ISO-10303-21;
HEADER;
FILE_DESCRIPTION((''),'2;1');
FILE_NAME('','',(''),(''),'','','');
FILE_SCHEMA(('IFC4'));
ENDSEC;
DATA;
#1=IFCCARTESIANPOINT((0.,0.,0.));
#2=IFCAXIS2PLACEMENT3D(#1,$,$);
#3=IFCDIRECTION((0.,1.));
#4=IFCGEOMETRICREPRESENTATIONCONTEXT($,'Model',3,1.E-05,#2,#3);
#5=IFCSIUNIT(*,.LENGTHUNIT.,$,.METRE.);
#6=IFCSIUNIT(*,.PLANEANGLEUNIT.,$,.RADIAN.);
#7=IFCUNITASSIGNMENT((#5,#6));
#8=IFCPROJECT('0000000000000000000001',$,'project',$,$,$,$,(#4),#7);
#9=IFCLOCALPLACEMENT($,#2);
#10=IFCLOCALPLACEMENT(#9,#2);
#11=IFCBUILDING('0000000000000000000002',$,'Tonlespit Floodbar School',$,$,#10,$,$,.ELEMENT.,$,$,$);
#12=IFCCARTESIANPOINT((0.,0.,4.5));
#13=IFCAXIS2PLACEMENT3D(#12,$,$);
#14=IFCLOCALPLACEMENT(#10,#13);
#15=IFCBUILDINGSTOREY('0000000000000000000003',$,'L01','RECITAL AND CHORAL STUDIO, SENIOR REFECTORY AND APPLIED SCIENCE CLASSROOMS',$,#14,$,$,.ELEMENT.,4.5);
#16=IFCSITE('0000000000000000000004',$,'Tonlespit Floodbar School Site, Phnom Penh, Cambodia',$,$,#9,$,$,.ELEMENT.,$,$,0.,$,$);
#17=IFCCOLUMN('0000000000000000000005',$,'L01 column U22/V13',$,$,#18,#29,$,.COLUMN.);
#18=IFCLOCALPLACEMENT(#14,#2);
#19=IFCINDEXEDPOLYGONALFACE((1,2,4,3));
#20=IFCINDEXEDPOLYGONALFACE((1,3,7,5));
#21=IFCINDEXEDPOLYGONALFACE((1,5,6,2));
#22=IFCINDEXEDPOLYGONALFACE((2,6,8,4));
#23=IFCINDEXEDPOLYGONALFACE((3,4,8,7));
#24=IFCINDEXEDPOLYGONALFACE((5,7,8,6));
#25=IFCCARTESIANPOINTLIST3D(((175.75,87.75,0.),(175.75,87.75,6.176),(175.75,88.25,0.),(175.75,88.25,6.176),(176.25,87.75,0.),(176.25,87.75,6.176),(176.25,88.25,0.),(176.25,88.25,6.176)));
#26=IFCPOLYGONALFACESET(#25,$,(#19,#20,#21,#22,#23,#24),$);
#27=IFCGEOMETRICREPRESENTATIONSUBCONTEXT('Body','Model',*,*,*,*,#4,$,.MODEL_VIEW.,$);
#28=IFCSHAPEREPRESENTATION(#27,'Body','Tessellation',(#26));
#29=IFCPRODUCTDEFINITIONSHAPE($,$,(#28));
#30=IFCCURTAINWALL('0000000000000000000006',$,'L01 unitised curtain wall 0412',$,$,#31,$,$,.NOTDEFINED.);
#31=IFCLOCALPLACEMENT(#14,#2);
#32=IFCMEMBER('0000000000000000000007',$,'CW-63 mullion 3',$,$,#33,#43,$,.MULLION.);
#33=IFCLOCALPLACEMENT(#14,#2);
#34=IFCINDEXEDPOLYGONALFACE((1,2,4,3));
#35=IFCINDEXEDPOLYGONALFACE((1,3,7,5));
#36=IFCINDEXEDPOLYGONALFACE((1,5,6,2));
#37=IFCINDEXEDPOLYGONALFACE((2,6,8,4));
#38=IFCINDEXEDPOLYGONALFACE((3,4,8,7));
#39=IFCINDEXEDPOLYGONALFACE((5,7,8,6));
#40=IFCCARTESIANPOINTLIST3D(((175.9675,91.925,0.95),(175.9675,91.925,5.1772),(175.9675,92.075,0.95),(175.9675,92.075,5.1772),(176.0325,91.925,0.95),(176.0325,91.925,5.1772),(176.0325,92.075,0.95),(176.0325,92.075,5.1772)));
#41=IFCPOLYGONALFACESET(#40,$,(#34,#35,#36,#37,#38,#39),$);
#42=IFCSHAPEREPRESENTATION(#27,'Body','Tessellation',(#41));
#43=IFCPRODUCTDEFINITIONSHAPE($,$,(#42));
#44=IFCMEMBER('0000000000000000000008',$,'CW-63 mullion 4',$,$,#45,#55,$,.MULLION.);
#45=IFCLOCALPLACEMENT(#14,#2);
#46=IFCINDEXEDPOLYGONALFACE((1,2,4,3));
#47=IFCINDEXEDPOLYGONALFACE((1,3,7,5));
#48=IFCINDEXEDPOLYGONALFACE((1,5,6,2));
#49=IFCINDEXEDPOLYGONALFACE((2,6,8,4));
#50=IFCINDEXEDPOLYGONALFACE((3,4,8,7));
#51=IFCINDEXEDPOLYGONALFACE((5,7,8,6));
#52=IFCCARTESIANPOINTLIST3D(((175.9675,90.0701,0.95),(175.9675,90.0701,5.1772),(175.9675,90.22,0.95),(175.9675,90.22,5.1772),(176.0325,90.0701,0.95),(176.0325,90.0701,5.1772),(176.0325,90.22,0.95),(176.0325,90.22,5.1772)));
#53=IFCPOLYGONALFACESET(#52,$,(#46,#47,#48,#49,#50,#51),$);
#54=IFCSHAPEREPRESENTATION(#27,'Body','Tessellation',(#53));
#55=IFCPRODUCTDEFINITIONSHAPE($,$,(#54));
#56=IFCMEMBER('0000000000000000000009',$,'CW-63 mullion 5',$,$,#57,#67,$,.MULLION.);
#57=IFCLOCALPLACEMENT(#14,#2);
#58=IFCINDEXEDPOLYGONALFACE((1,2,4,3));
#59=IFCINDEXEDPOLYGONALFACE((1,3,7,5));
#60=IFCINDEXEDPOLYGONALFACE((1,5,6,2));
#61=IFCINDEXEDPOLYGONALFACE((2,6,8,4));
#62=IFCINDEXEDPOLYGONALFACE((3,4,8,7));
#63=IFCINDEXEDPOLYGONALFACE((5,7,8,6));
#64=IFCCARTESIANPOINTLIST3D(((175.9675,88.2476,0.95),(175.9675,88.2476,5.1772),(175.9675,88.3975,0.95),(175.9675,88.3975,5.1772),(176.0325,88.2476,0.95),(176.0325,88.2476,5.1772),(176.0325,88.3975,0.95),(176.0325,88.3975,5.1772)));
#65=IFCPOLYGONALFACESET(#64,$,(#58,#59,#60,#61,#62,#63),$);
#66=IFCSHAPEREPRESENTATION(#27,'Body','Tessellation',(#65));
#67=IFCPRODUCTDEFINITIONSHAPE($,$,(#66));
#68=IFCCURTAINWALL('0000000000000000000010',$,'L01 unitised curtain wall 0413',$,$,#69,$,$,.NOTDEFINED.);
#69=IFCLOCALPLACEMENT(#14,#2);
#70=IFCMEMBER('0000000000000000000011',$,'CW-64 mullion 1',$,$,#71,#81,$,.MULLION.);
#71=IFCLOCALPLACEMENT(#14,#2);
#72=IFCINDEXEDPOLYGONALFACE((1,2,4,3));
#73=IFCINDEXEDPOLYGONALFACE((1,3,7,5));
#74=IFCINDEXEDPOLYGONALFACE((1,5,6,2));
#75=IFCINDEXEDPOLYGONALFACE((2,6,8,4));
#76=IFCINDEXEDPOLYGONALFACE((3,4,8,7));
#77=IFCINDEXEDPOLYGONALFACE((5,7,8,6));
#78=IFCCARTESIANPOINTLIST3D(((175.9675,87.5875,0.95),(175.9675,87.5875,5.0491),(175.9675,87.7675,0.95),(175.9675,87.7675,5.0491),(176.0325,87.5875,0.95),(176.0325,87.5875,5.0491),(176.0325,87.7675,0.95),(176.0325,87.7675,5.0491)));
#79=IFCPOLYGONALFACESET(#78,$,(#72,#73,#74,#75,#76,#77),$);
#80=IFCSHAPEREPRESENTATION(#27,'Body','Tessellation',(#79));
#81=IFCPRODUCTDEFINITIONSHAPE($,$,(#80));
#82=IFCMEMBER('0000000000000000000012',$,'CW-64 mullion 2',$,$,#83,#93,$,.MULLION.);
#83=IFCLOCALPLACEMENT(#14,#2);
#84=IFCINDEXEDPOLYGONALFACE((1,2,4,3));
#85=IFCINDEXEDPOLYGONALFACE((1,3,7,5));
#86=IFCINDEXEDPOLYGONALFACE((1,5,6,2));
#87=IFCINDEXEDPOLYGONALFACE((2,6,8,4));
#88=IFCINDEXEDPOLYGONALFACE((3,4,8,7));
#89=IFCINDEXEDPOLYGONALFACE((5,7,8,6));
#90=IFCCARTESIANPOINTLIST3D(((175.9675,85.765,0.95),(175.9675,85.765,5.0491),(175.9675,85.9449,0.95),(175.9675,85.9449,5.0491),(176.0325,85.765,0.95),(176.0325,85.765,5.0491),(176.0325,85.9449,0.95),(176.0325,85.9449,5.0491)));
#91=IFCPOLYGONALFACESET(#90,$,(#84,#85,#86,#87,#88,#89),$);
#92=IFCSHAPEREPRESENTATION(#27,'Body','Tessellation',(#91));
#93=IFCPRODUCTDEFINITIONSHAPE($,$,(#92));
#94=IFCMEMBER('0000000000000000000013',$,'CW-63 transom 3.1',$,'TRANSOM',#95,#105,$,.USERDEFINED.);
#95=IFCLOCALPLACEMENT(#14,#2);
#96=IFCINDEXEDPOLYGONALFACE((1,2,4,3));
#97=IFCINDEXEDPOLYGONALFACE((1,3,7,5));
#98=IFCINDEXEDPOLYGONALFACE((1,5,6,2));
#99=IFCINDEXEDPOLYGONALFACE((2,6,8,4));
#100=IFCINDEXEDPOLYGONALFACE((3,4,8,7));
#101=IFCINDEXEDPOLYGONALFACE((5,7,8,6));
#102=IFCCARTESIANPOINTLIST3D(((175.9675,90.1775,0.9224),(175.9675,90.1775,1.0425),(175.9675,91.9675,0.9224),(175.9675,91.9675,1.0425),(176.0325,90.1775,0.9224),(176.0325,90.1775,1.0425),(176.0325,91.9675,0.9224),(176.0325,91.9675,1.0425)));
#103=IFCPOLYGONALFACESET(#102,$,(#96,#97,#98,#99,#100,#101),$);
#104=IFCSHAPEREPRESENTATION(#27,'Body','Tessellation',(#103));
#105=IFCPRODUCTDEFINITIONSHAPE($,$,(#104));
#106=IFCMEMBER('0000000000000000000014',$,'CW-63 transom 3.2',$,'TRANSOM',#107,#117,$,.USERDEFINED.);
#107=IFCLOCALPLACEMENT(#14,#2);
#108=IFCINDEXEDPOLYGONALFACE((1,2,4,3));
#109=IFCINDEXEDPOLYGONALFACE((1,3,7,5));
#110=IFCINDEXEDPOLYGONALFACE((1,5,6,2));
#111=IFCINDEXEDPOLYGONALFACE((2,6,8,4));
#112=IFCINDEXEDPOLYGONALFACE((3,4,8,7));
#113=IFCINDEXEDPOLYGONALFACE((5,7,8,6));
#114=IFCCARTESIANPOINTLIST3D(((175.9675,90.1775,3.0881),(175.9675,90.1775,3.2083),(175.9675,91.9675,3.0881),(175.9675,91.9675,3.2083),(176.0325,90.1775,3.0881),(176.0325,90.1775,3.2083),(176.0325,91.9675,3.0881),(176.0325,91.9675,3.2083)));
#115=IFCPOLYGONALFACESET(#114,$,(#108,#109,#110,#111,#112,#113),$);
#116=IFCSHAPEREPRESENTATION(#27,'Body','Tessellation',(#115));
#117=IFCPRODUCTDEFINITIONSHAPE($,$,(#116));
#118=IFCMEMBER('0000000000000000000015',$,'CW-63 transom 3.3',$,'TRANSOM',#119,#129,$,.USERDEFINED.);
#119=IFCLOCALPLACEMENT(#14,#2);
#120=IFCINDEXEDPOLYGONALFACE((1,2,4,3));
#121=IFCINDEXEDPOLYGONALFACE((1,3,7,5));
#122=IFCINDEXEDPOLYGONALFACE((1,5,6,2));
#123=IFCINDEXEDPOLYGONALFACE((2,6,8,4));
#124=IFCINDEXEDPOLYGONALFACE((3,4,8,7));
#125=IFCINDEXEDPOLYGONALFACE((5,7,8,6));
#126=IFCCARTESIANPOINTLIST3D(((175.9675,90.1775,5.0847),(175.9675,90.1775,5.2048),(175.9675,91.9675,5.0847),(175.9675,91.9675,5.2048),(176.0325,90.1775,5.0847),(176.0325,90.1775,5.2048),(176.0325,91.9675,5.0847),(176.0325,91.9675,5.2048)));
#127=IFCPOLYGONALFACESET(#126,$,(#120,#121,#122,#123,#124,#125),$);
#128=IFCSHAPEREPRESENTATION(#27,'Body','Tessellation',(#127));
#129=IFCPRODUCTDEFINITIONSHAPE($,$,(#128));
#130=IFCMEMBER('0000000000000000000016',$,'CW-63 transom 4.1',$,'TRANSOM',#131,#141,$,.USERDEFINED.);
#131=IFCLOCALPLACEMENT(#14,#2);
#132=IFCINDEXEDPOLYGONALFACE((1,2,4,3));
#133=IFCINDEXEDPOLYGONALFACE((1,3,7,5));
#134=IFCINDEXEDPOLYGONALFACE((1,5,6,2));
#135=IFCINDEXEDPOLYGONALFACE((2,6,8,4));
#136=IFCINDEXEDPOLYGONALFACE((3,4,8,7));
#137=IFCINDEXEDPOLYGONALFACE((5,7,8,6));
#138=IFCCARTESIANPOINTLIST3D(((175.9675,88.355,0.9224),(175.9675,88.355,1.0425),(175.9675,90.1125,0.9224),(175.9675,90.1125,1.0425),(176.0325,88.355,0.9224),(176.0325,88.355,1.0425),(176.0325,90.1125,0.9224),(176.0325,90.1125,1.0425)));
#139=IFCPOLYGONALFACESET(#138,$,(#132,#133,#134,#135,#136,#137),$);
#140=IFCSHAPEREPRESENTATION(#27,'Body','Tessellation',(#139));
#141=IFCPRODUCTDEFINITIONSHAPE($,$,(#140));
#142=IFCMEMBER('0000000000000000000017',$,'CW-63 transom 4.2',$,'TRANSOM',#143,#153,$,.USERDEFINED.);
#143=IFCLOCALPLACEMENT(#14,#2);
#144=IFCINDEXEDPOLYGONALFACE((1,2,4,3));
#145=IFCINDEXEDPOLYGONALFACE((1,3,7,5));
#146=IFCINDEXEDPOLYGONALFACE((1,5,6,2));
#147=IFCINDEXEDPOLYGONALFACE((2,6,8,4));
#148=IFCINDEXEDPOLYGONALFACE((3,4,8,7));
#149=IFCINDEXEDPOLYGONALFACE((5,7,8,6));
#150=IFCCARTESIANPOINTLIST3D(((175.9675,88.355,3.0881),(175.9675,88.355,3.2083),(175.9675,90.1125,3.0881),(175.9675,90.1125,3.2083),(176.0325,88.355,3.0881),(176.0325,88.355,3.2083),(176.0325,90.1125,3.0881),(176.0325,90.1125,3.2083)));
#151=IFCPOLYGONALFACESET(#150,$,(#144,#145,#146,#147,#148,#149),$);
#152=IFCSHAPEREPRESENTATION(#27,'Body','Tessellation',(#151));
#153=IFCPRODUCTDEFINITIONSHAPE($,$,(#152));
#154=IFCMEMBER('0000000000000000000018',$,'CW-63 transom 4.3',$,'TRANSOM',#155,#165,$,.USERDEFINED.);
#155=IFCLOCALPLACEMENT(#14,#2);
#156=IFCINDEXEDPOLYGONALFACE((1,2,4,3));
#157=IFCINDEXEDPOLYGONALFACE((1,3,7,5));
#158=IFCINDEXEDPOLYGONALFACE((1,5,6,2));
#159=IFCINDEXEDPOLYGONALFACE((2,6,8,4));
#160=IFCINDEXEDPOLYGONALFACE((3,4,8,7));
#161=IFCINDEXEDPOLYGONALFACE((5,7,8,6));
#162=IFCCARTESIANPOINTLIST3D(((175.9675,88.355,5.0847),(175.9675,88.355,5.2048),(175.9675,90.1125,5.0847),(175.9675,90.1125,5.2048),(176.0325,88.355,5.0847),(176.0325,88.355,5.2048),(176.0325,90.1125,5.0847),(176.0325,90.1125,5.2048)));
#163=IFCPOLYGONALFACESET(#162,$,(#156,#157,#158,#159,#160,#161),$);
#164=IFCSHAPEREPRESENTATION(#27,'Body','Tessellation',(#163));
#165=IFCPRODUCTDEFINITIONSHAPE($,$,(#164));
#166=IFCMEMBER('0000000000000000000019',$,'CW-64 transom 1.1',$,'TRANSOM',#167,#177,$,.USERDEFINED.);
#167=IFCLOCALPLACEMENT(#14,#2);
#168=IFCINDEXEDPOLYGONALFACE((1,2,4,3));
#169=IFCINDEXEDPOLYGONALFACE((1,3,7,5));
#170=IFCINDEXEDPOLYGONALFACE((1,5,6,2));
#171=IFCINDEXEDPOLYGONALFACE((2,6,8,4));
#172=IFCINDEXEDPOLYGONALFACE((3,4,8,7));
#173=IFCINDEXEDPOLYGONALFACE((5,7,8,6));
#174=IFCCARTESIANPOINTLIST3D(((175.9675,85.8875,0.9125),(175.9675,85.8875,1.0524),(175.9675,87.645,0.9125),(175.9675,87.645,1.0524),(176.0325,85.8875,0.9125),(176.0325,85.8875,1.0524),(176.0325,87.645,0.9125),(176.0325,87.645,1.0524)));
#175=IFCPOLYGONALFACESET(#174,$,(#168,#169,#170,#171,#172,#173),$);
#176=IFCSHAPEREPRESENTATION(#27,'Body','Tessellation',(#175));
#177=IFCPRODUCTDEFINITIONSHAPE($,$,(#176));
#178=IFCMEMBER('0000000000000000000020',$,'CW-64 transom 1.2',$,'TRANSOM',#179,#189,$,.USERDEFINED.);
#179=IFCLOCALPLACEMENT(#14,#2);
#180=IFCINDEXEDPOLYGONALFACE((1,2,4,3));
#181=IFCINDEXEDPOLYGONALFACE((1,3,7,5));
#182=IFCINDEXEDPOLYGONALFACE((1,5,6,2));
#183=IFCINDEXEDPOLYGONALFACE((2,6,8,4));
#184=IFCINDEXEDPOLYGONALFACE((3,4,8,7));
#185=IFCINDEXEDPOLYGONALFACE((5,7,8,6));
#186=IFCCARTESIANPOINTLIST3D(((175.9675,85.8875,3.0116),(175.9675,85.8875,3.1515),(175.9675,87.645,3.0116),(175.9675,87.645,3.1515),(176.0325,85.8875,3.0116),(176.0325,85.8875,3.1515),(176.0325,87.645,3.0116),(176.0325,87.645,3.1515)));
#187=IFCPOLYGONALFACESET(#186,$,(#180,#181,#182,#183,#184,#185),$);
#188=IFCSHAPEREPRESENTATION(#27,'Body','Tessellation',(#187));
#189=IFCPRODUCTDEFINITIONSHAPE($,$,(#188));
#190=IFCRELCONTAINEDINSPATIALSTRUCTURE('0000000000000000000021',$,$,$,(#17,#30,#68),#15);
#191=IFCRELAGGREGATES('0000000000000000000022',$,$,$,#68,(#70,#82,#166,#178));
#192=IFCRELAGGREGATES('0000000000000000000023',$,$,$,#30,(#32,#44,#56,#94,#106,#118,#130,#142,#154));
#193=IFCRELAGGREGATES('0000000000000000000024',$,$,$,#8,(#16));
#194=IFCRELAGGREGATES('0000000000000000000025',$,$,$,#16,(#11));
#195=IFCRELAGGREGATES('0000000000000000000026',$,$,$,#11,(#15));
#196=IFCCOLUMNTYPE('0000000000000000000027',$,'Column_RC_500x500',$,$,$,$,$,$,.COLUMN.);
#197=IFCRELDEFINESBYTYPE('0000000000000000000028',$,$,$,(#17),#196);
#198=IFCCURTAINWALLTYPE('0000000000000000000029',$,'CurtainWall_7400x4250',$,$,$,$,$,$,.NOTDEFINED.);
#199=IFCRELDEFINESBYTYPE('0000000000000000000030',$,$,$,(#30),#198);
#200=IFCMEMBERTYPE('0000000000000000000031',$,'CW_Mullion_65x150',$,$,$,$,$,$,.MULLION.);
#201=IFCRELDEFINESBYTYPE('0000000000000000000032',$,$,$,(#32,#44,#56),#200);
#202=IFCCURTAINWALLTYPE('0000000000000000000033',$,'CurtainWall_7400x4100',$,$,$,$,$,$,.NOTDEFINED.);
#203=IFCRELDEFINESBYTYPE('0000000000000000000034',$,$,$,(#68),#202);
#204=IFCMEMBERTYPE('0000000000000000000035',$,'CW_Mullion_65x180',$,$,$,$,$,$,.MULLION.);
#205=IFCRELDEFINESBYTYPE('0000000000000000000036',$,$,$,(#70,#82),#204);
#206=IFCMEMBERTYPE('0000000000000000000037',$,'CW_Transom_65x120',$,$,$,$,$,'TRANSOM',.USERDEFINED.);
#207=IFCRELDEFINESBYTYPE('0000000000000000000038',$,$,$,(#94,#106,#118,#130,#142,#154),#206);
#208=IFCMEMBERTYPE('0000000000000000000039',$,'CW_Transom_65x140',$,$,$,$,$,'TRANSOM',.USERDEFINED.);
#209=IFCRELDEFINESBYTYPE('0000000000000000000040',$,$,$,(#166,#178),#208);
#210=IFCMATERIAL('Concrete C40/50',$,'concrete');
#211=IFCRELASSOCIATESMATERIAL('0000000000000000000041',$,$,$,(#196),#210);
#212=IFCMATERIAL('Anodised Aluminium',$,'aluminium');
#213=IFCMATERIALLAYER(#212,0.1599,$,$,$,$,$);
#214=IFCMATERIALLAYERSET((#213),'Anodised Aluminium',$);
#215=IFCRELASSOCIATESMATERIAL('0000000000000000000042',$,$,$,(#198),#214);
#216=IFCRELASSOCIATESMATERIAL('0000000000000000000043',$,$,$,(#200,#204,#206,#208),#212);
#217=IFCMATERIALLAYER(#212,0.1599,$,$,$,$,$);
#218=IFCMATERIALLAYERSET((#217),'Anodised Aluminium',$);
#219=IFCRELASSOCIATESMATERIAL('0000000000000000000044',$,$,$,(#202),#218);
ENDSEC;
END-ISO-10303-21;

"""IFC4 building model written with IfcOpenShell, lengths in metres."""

from ifc_helpers import new_model, si_unit, direction, frame, origin, origin_2d, place, context, subcontext, project, spatial, rectangle, extrude, material, layer, layer_set, material_profile, profile_set, type_object, element, aggregate, save


model = new_model("IFC4")

# Units and contexts
model_context = context("Model", 3, precision=1e-05, world=origin(), true_north=direction((0.0, 1.0)))
body_context = subcontext(model_context, "Body", "Model", "MODEL_VIEW")
ifc_project = project(units=[si_unit("LENGTHUNIT", "METRE"), si_unit("PLANEANGLEUNIT", "RADIAN")], contexts=[model_context])

# Site, building, storey
site_placement = place(None, origin())
site = spatial("IfcSite", under=ifc_project, at=site_placement, Name="Tonlespit Floodbar School Site, Phnom Penh, Cambodia", CompositionType="ELEMENT", RefElevation=0.0)
building_placement = place(site_placement, origin())
building = spatial("IfcBuilding", under=site, at=building_placement, Name="Tonlespit Floodbar School", CompositionType="ELEMENT")
storey_placement = place(building_placement, frame((0.0, 0.0, 4.5)))
storey = spatial("IfcBuildingStorey", under=building, at=storey_placement, Name="L01", Description="RECITAL AND CHORAL STUDIO, SENIOR REFECTORY AND APPLIED SCIENCE CLASSROOMS", CompositionType="ELEMENT", Elevation=4.5)

# Column
ifc_material_1 = material(Name="Concrete C40/50", Category="concrete")
ifc_material_profile_1 = material_profile(ifc_material_1, rectangle(XDim=0.5, YDim=0.5, at=origin_2d()), Name="RC 500x500")
ifc_profile_set_1 = profile_set([ifc_material_profile_1], Name="Concrete C40/50")
column_type = type_object("IfcColumnType", Name="Column_RC_500x500", PredefinedType="COLUMN", material=ifc_profile_set_1)
column_placement = place(storey_placement, frame((176.0, 88.0, 0.0), z_axis=(0.0, 0.0, 1.0), x_axis=(1.0, 0.0, 0.0)))
element("IfcColumn", 1, at=column_placement, inside=storey, type_object=column_type, Name="L01 column U22/V13", PredefinedType="COLUMN", context=body_context, shape_type="SweptSolid", body=[
    extrude(rectangle(XDim=0.5, YDim=0.5, at=origin_2d()), origin(), (0.0, 0.0, 1.0), 6.176),
])

# Curtain walls, members
ifc_material_2 = material(Name="Anodised Aluminium", Category="aluminium")
ifc_layer_1 = layer(ifc_material_2, 0.1599)
ifc_layer_set_1 = layer_set([ifc_layer_1], Name="Anodised Aluminium")
curtain_wall_type_1 = type_object("IfcCurtainWallType", Name="CurtainWall_7400x4250", PredefinedType="NOTDEFINED", material=ifc_layer_set_1)
curtain_wall_1_placement = place(storey_placement, origin())
curtain_wall_1 = element("IfcCurtainWall", 2, at=curtain_wall_1_placement, inside=storey, type_object=curtain_wall_type_1, Name="L01 unitised curtain wall 0412", PredefinedType="NOTDEFINED")
ifc_material_profile_2 = material_profile(ifc_material_2, rectangle(XDim=0.0649, YDim=0.1499, at=origin_2d()), Name="ALU M65x150")
ifc_profile_set_2 = profile_set([ifc_material_profile_2], Name="Anodised Aluminium")
member_type_1 = type_object("IfcMemberType", Name="CW_Mullion_65x150", PredefinedType="MULLION", material=ifc_profile_set_2)
member_1_placement = place(storey_placement, frame((176.0, 92.0, 0.95), z_axis=(0.0, 0.0, 1.0), x_axis=(1.0, 0.0, 0.0)))
member_1 = element("IfcMember", 3, at=member_1_placement, type_object=member_type_1, Name="CW-63 mullion 3", PredefinedType="MULLION", context=body_context, shape_type="SweptSolid", body=[
    extrude(rectangle(XDim=0.0649, YDim=0.1499, at=origin_2d()), origin(), (0.0, 0.0, 1.0), 4.2273),
])
member_2_placement = place(storey_placement, frame((176.0, 90.145, 0.95), z_axis=(0.0, 0.0, 1.0), x_axis=(1.0, 0.0, 0.0)))
member_2 = element("IfcMember", 4, at=member_2_placement, type_object=member_type_1, Name="CW-63 mullion 4", PredefinedType="MULLION", context=body_context, shape_type="SweptSolid", body=[
    extrude(rectangle(XDim=0.0649, YDim=0.1499, at=origin_2d()), origin(), (0.0, 0.0, 1.0), 4.2273),
])
member_3_placement = place(storey_placement, frame((176.0, 88.3225, 0.95), z_axis=(0.0, 0.0, 1.0), x_axis=(1.0, 0.0, 0.0)))
member_3 = element("IfcMember", 5, at=member_3_placement, type_object=member_type_1, Name="CW-63 mullion 5", PredefinedType="MULLION", context=body_context, shape_type="SweptSolid", body=[
    extrude(rectangle(XDim=0.0649, YDim=0.1499, at=origin_2d()), origin(), (0.0, 0.0, 1.0), 4.2273),
])
ifc_layer_2 = layer(ifc_material_2, 0.1599)
ifc_layer_set_2 = layer_set([ifc_layer_2], Name="Anodised Aluminium")
curtain_wall_type_2 = type_object("IfcCurtainWallType", Name="CurtainWall_7400x4100", PredefinedType="NOTDEFINED", material=ifc_layer_set_2)
curtain_wall_2_placement = place(storey_placement, origin())
curtain_wall_2 = element("IfcCurtainWall", 6, at=curtain_wall_2_placement, inside=storey, type_object=curtain_wall_type_2, Name="L01 unitised curtain wall 0413", PredefinedType="NOTDEFINED")
ifc_material_profile_3 = material_profile(ifc_material_2, rectangle(XDim=0.0649, YDim=0.1799, at=origin_2d()), Name="ALU M65x180")
ifc_profile_set_3 = profile_set([ifc_material_profile_3], Name="Anodised Aluminium")
member_type_2 = type_object("IfcMemberType", Name="CW_Mullion_65x180", PredefinedType="MULLION", material=ifc_profile_set_3)
member_4_placement = place(storey_placement, frame((176.0, 87.6775, 0.95), z_axis=(0.0, 0.0, 1.0), x_axis=(1.0, 0.0, 0.0)))
member_4 = element("IfcMember", 7, at=member_4_placement, type_object=member_type_2, Name="CW-64 mullion 1", PredefinedType="MULLION", context=body_context, shape_type="SweptSolid", body=[
    extrude(rectangle(XDim=0.0649, YDim=0.1799, at=origin_2d()), origin(), (0.0, 0.0, 1.0), 4.0991),
])
member_5_placement = place(storey_placement, frame((176.0, 85.855, 0.95), z_axis=(0.0, 0.0, 1.0), x_axis=(1.0, 0.0, 0.0)))
member_5 = element("IfcMember", 8, at=member_5_placement, type_object=member_type_2, Name="CW-64 mullion 2", PredefinedType="MULLION", context=body_context, shape_type="SweptSolid", body=[
    extrude(rectangle(XDim=0.0649, YDim=0.1799, at=origin_2d()), origin(), (0.0, 0.0, 1.0), 4.0991),
])

# Members
ifc_material_profile_4 = material_profile(ifc_material_2, rectangle(XDim=0.0649, YDim=0.1201, at=origin_2d()), Name="ALU T65x120")
ifc_profile_set_4 = profile_set([ifc_material_profile_4], Name="Anodised Aluminium")
member_type_3 = type_object("IfcMemberType", Name="CW_Transom_65x120", ElementType="TRANSOM", PredefinedType="USERDEFINED", material=ifc_profile_set_4)
member_6_placement = place(storey_placement, frame((176.0, 91.9675, 0.9824), z_axis=(0.0, -1.0, 0.0), x_axis=(1.0, 0.0, 0.0)))
member_6 = element("IfcMember", 9, at=member_6_placement, type_object=member_type_3, Name="CW-63 transom 3.1", ObjectType="TRANSOM", PredefinedType="USERDEFINED", context=body_context, shape_type="SweptSolid", body=[
    extrude(rectangle(XDim=0.0649, YDim=0.1201, at=origin_2d()), origin(), (0.0, 0.0, 1.0), 1.79),
])
member_7_placement = place(storey_placement, frame((176.0, 91.9675, 3.1482), z_axis=(0.0, -1.0, 0.0), x_axis=(1.0, 0.0, 0.0)))
member_7 = element("IfcMember", 10, at=member_7_placement, type_object=member_type_3, Name="CW-63 transom 3.2", ObjectType="TRANSOM", PredefinedType="USERDEFINED", context=body_context, shape_type="SweptSolid", body=[
    extrude(rectangle(XDim=0.0649, YDim=0.1201, at=origin_2d()), origin(), (0.0, 0.0, 1.0), 1.79),
])
member_8_placement = place(storey_placement, frame((176.0, 91.9675, 5.1448), z_axis=(0.0, -1.0, 0.0), x_axis=(1.0, 0.0, 0.0)))
member_8 = element("IfcMember", 11, at=member_8_placement, type_object=member_type_3, Name="CW-63 transom 3.3", ObjectType="TRANSOM", PredefinedType="USERDEFINED", context=body_context, shape_type="SweptSolid", body=[
    extrude(rectangle(XDim=0.0649, YDim=0.1201, at=origin_2d()), origin(), (0.0, 0.0, 1.0), 1.79),
])
member_9_placement = place(storey_placement, frame((176.0, 90.1125, 0.9824), z_axis=(0.0, -1.0, 0.0), x_axis=(1.0, 0.0, 0.0)))
member_9 = element("IfcMember", 12, at=member_9_placement, type_object=member_type_3, Name="CW-63 transom 4.1", ObjectType="TRANSOM", PredefinedType="USERDEFINED", context=body_context, shape_type="SweptSolid", body=[
    extrude(rectangle(XDim=0.0649, YDim=0.1201, at=origin_2d()), origin(), (0.0, 0.0, 1.0), 1.7576),
])
member_10_placement = place(storey_placement, frame((176.0, 90.1125, 3.1482), z_axis=(0.0, -1.0, 0.0), x_axis=(1.0, 0.0, 0.0)))
member_10 = element("IfcMember", 13, at=member_10_placement, type_object=member_type_3, Name="CW-63 transom 4.2", ObjectType="TRANSOM", PredefinedType="USERDEFINED", context=body_context, shape_type="SweptSolid", body=[
    extrude(rectangle(XDim=0.0649, YDim=0.1201, at=origin_2d()), origin(), (0.0, 0.0, 1.0), 1.7576),
])
member_11_placement = place(storey_placement, frame((176.0, 90.1125, 5.1448), z_axis=(0.0, -1.0, 0.0), x_axis=(1.0, 0.0, 0.0)))
member_11 = element("IfcMember", 14, at=member_11_placement, type_object=member_type_3, Name="CW-63 transom 4.3", ObjectType="TRANSOM", PredefinedType="USERDEFINED", context=body_context, shape_type="SweptSolid", body=[
    extrude(rectangle(XDim=0.0649, YDim=0.1201, at=origin_2d()), origin(), (0.0, 0.0, 1.0), 1.7576),
])
ifc_material_profile_5 = material_profile(ifc_material_2, rectangle(XDim=0.0649, YDim=0.1399, at=origin_2d()), Name="ALU T65x140")
ifc_profile_set_5 = profile_set([ifc_material_profile_5], Name="Anodised Aluminium")
member_type_4 = type_object("IfcMemberType", Name="CW_Transom_65x140", ElementType="TRANSOM", PredefinedType="USERDEFINED", material=ifc_profile_set_5)
member_12_placement = place(storey_placement, frame((176.0, 87.645, 0.9824), z_axis=(0.0, -1.0, 0.0), x_axis=(1.0, 0.0, 0.0)))
member_12 = element("IfcMember", 15, at=member_12_placement, type_object=member_type_4, Name="CW-64 transom 1.1", ObjectType="TRANSOM", PredefinedType="USERDEFINED", context=body_context, shape_type="SweptSolid", body=[
    extrude(rectangle(XDim=0.0649, YDim=0.1399, at=origin_2d()), origin(), (0.0, 0.0, 1.0), 1.7576),
])
member_13_placement = place(storey_placement, frame((176.0, 87.645, 3.0815), z_axis=(0.0, -1.0, 0.0), x_axis=(1.0, 0.0, 0.0)))
member_13 = element("IfcMember", 16, at=member_13_placement, type_object=member_type_4, Name="CW-64 transom 1.2", ObjectType="TRANSOM", PredefinedType="USERDEFINED", context=body_context, shape_type="SweptSolid", body=[
    extrude(rectangle(XDim=0.0649, YDim=0.1399, at=origin_2d()), origin(), (0.0, 0.0, 1.0), 1.7576),
])

aggregate(curtain_wall_2, [member_4, member_5, member_12, member_13])
aggregate(curtain_wall_1, [member_1, member_2, member_3, member_6, member_7, member_8, member_9, member_10, member_11])

save(model, "model.ifc")
